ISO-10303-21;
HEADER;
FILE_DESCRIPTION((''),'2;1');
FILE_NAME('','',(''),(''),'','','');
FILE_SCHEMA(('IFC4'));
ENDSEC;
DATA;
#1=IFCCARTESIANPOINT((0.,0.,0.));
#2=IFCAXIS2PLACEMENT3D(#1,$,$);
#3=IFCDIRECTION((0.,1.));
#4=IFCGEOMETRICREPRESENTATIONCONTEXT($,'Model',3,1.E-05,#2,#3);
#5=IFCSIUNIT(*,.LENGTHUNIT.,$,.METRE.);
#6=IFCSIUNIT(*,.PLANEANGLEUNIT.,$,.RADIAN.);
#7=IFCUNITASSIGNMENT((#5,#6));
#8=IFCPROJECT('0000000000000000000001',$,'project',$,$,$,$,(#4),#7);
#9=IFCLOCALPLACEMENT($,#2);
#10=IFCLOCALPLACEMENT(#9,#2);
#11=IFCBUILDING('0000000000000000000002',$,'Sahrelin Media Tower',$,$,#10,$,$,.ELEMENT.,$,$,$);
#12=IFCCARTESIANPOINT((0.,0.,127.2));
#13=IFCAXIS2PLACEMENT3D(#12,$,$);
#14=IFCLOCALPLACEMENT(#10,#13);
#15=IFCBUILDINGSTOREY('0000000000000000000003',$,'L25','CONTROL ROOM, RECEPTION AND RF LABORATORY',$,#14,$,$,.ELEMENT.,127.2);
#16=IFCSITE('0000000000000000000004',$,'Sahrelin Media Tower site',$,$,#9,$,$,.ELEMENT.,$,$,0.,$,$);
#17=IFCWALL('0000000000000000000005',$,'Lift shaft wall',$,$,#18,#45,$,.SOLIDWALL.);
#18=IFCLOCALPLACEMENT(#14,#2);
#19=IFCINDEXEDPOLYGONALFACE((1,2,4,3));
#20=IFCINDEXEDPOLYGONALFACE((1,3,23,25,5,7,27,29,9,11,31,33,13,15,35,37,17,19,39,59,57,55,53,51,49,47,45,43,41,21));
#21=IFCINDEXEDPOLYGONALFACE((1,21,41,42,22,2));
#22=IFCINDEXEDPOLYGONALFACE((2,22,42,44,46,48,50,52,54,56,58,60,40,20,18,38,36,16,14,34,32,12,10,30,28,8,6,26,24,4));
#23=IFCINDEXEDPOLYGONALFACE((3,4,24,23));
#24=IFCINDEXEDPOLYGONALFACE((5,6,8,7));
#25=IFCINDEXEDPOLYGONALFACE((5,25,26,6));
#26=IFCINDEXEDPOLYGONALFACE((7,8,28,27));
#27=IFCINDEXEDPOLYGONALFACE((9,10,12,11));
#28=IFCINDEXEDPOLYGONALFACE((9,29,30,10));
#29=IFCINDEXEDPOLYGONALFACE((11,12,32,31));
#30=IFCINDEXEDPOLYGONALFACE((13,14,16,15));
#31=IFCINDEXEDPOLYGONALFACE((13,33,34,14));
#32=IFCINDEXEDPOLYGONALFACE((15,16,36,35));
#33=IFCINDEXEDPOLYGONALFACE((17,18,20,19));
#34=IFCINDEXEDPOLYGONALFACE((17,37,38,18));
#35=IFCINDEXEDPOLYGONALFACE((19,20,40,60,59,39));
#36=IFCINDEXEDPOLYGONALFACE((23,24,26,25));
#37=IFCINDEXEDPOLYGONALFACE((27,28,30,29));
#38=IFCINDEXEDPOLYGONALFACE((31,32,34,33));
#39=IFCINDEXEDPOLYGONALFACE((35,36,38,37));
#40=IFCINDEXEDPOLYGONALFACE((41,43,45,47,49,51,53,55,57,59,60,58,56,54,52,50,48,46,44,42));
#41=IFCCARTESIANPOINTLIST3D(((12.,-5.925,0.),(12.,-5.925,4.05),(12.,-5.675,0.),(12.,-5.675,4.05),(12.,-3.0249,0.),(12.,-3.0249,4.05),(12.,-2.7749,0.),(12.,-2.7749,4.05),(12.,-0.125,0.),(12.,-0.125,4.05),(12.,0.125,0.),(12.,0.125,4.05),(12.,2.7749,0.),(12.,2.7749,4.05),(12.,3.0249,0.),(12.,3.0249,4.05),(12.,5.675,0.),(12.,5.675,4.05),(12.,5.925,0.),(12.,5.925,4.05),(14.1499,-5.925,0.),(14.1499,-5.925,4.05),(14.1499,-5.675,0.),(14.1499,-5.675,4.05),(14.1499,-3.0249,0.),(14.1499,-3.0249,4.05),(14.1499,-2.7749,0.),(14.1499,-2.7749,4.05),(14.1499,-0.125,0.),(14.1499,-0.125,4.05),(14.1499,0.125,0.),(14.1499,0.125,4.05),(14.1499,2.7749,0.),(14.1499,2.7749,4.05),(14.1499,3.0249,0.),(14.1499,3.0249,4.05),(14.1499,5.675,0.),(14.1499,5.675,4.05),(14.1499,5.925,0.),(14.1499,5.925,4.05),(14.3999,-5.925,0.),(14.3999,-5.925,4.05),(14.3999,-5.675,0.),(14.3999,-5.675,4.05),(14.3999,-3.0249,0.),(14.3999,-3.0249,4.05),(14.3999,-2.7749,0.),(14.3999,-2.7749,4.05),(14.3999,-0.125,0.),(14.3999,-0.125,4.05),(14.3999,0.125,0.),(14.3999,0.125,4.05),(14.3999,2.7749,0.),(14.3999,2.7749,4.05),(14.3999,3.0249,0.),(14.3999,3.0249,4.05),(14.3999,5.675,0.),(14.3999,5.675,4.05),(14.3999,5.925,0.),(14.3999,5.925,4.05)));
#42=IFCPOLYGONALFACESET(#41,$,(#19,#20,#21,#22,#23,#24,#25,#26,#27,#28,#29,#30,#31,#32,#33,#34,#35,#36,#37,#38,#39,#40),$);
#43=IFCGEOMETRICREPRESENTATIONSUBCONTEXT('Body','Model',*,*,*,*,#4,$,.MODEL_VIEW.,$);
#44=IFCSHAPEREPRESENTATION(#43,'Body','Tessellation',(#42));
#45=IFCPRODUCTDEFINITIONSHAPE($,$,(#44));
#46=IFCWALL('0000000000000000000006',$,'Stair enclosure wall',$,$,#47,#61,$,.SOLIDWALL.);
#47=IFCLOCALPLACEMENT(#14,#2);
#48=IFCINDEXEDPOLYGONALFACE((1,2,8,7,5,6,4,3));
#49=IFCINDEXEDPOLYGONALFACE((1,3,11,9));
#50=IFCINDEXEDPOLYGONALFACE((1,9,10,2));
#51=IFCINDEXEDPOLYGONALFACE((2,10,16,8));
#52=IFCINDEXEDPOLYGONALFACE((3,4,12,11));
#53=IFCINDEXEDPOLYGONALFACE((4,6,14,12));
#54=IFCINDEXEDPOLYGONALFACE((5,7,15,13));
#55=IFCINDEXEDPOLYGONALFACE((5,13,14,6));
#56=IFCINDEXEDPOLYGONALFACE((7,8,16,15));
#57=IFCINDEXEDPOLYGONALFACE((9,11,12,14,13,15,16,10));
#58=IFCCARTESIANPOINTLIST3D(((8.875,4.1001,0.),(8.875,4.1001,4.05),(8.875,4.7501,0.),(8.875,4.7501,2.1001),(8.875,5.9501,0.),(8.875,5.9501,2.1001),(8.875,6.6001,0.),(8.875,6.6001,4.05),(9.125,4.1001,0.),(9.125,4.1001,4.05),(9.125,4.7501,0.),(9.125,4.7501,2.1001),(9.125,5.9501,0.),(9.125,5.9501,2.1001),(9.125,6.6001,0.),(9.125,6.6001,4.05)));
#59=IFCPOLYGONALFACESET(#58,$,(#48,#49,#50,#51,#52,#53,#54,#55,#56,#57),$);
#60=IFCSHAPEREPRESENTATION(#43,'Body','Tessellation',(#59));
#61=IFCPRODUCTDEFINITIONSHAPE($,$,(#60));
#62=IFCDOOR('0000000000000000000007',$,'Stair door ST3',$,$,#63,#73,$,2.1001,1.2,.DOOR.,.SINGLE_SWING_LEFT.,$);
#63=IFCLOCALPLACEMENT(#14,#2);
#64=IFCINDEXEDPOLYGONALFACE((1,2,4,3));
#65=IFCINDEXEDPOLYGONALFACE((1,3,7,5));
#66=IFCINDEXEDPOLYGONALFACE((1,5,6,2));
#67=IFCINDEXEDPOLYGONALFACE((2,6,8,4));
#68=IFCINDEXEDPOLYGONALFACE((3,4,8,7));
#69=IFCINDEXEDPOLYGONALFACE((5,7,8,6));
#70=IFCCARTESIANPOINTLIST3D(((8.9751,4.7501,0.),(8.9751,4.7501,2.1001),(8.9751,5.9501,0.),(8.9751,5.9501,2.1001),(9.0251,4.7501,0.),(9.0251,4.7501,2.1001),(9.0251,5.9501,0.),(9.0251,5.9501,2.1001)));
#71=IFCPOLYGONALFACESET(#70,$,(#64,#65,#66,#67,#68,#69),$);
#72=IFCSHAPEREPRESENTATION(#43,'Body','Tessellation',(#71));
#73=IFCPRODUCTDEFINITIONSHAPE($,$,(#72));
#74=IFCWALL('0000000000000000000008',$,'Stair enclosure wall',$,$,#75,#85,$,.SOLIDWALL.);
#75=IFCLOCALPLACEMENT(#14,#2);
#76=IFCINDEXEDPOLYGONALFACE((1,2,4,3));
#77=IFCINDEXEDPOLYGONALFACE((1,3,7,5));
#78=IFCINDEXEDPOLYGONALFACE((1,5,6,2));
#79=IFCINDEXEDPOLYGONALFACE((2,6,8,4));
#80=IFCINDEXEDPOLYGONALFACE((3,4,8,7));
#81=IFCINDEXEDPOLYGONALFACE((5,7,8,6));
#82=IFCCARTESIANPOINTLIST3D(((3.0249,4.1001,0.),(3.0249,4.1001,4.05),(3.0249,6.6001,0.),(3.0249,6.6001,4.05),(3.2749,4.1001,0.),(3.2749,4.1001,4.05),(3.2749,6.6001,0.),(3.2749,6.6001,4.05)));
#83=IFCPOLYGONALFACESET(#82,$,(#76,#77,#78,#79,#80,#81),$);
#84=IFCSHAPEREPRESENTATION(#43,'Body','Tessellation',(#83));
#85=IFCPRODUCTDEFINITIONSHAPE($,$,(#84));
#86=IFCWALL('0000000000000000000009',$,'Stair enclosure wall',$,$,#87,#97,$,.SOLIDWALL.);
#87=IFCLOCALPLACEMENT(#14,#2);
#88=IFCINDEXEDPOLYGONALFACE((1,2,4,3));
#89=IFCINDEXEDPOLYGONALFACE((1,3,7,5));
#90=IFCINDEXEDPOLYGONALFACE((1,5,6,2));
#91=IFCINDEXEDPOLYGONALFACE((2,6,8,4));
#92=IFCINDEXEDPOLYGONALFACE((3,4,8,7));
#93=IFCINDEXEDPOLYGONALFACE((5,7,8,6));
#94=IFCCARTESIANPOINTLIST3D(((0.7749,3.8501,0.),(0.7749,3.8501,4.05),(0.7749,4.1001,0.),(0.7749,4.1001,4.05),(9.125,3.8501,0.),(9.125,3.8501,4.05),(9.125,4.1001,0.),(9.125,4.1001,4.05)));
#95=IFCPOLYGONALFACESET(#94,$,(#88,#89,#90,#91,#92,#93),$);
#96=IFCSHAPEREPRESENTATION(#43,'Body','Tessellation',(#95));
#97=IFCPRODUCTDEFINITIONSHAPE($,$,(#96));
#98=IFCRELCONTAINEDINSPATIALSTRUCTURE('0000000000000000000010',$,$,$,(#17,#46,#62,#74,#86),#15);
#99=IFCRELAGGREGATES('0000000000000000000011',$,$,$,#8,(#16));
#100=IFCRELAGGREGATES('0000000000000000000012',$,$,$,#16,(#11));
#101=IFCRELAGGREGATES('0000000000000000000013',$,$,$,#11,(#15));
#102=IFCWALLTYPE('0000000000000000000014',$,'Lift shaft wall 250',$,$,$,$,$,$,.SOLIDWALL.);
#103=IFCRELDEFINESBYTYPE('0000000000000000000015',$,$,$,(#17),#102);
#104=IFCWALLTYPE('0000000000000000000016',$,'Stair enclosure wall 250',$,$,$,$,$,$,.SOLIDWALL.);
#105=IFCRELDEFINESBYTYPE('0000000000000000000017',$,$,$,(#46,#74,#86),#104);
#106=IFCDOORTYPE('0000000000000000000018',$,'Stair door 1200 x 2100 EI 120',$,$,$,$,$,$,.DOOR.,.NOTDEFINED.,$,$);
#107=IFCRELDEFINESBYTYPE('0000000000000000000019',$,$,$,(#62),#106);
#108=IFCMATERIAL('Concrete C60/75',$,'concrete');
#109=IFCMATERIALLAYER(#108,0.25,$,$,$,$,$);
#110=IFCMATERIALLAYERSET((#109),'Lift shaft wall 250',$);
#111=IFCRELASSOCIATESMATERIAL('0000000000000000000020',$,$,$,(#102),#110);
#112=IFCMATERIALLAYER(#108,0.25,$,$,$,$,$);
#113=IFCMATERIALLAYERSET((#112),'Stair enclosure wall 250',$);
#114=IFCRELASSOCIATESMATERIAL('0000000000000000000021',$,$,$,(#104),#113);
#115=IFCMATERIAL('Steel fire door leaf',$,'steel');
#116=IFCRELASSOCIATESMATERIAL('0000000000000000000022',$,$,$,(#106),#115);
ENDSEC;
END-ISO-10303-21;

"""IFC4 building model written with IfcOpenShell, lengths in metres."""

from ifc_helpers import new_model, si_unit, direction, frame, frame_2d, origin, place, context, subcontext, project, spatial, polyline, rectangle, outline, extrude, material, layer, layer_set, type_object, element, fill, save


model = new_model("IFC4")

# Units and contexts
model_context = context("Model", 3, precision=1e-05, world=origin(), true_north=direction((0.0, 1.0)))
body_context = subcontext(model_context, "Body", "Model", "MODEL_VIEW")
ifc_project = project(units=[si_unit("LENGTHUNIT", "METRE"), si_unit("PLANEANGLEUNIT", "RADIAN")], contexts=[model_context])

# Site, building, storey
site_placement = place(None, origin())
site = spatial("IfcSite", under=ifc_project, at=site_placement, Name="Sahrelin Media Tower site", CompositionType="ELEMENT", RefElevation=0.0)
building_placement = place(site_placement, origin())
building = spatial("IfcBuilding", under=site, at=building_placement, Name="Sahrelin Media Tower", CompositionType="ELEMENT")
storey_placement = place(building_placement, frame((0.0, 0.0, 127.2)))
storey = spatial("IfcBuildingStorey", under=building, at=storey_placement, Name="L25", Description="CONTROL ROOM, RECEPTION AND RF LABORATORY", CompositionType="ELEMENT", Elevation=127.2)

# Shared definitions
placement_1 = place(storey_placement, origin())

# Shared definitions
ifc_material_1 = material(Name="Concrete C60/75", Category="concrete")

# Shared definitions
ifc_material_2 = material(Name="Steel fire door leaf", Category="steel")

# Wall
ifc_layer_1 = layer(ifc_material_1, 0.25)
ifc_layer_set_1 = layer_set([ifc_layer_1], Name="Lift shaft wall 250")
wall_type_1 = type_object("IfcWallType", Name="Lift shaft wall 250", PredefinedType="SOLIDWALL", material=ifc_layer_set_1)
element("IfcWall", 1, at=placement_1, inside=storey, type_object=wall_type_1, Name="Lift shaft wall", PredefinedType="SOLIDWALL", context=body_context, shape_type="SweptSolid", body=[
    extrude(outline(polyline([(12.0, -5.675), (12.0, -5.925), (14.1499, -5.925), (14.3999, -5.925), (14.3999, -5.675), (14.3999, -3.0249), (14.3999, -2.7749), (14.3999, -0.125), (14.3999, 0.125), (14.3999, 2.7749), (14.3999, 3.0249), (14.3999, 5.675), (14.3999, 5.925), (14.1499, 5.925), (12.0, 5.925), (12.0, 5.675), (14.1499, 5.675), (14.1499, 3.0249), (12.0, 3.0249), (12.0, 2.7749), (14.1499, 2.7749), (14.1499, 0.125), (12.0, 0.125), (12.0, -0.125), (14.1499, -0.125), (14.1499, -2.7749), (12.0, -2.7749), (12.0, -3.0249), (14.1499, -3.0249), (14.1499, -5.675), (12.0, -5.675)])), origin(), (0.0, 0.0, 1.0), 4.05),
])

# Wall, opening, door
ifc_layer_2 = layer(ifc_material_1, 0.25)
ifc_layer_set_2 = layer_set([ifc_layer_2], Name="Stair enclosure wall 250")
wall_type_2 = type_object("IfcWallType", Name="Stair enclosure wall 250", PredefinedType="SOLIDWALL", material=ifc_layer_set_2)
wall_1_placement = place(storey_placement, frame((9.0, 4.1001, 0.0), z_axis=(0.0, 0.0, 1.0), x_axis=(0.0, 1.0, 0.0)))
wall_1 = element("IfcWall", 2, at=wall_1_placement, inside=storey, type_object=wall_type_2, Name="Stair enclosure wall", PredefinedType="SOLIDWALL", context=body_context, shape_type="SweptSolid", body=[
    extrude(rectangle(XDim=2.5, YDim=0.25, at=frame_2d((1.25, 0.0))), origin(), (0.0, 0.0, 1.0), 4.05),
])
opening_1_placement = place(wall_1_placement, frame((0.6499, 0.0, 0.0)))
opening_1 = element("IfcOpeningElement", 3, at=opening_1_placement, cuts=wall_1, PredefinedType="OPENING", context=body_context, shape_type="SweptSolid", body=[
    extrude(rectangle(XDim=1.2, YDim=2.1001, at=frame_2d((0.6001, 1.05))), frame((0.0, 0.125, 0.0), z_axis=(0.0, -1.0, 0.0), x_axis=(1.0, 0.0, 0.0)), (0.0, 0.0, 1.0), 0.25),
])
door_type_1 = type_object("IfcDoorType", Name="Stair door 1200 x 2100 EI 120", OperationType="NOTDEFINED", PredefinedType="DOOR", material=ifc_material_2)
door_1_placement = place(opening_1_placement, origin())
door_1 = element("IfcDoor", 4, at=door_1_placement, inside=storey, type_object=door_type_1, Name="Stair door ST3", OperationType="SINGLE_SWING_LEFT", OverallHeight=2.1001, OverallWidth=1.2, PredefinedType="DOOR", context=body_context, shape_type="SweptSolid", body=[
    extrude(rectangle(XDim=1.2, YDim=2.1001, at=frame_2d((0.6001, 1.05))), frame((0.0, 0.0249, 0.0), z_axis=(0.0, -1.0, 0.0), x_axis=(1.0, 0.0, 0.0)), (0.0, 0.0, 1.0), 0.05),
])
fill(opening_1, door_1)

# Walls
wall_2_placement = place(storey_placement, frame((3.1499, 4.1001, 0.0), z_axis=(0.0, 0.0, 1.0), x_axis=(0.0, 1.0, 0.0)))
element("IfcWall", 5, at=wall_2_placement, inside=storey, type_object=wall_type_2, Name="Stair enclosure wall", PredefinedType="SOLIDWALL", context=body_context, shape_type="SweptSolid", body=[
    extrude(rectangle(XDim=2.5, YDim=0.25, at=frame_2d((1.25, 0.0))), origin(), (0.0, 0.0, 1.0), 4.05),
])
wall_3_placement = place(storey_placement, frame((0.7749, 3.9751, 0.0), z_axis=(0.0, 0.0, 1.0), x_axis=(1.0, 0.0, 0.0)))
element("IfcWall", 6, at=wall_3_placement, inside=storey, type_object=wall_type_2, Name="Stair enclosure wall", PredefinedType="SOLIDWALL", context=body_context, shape_type="SweptSolid", body=[
    extrude(rectangle(XDim=8.3501, YDim=0.25, at=frame_2d((4.175, 0.0))), origin(), (0.0, 0.0, 1.0), 4.05),
])

save(model, "model.ifc")
